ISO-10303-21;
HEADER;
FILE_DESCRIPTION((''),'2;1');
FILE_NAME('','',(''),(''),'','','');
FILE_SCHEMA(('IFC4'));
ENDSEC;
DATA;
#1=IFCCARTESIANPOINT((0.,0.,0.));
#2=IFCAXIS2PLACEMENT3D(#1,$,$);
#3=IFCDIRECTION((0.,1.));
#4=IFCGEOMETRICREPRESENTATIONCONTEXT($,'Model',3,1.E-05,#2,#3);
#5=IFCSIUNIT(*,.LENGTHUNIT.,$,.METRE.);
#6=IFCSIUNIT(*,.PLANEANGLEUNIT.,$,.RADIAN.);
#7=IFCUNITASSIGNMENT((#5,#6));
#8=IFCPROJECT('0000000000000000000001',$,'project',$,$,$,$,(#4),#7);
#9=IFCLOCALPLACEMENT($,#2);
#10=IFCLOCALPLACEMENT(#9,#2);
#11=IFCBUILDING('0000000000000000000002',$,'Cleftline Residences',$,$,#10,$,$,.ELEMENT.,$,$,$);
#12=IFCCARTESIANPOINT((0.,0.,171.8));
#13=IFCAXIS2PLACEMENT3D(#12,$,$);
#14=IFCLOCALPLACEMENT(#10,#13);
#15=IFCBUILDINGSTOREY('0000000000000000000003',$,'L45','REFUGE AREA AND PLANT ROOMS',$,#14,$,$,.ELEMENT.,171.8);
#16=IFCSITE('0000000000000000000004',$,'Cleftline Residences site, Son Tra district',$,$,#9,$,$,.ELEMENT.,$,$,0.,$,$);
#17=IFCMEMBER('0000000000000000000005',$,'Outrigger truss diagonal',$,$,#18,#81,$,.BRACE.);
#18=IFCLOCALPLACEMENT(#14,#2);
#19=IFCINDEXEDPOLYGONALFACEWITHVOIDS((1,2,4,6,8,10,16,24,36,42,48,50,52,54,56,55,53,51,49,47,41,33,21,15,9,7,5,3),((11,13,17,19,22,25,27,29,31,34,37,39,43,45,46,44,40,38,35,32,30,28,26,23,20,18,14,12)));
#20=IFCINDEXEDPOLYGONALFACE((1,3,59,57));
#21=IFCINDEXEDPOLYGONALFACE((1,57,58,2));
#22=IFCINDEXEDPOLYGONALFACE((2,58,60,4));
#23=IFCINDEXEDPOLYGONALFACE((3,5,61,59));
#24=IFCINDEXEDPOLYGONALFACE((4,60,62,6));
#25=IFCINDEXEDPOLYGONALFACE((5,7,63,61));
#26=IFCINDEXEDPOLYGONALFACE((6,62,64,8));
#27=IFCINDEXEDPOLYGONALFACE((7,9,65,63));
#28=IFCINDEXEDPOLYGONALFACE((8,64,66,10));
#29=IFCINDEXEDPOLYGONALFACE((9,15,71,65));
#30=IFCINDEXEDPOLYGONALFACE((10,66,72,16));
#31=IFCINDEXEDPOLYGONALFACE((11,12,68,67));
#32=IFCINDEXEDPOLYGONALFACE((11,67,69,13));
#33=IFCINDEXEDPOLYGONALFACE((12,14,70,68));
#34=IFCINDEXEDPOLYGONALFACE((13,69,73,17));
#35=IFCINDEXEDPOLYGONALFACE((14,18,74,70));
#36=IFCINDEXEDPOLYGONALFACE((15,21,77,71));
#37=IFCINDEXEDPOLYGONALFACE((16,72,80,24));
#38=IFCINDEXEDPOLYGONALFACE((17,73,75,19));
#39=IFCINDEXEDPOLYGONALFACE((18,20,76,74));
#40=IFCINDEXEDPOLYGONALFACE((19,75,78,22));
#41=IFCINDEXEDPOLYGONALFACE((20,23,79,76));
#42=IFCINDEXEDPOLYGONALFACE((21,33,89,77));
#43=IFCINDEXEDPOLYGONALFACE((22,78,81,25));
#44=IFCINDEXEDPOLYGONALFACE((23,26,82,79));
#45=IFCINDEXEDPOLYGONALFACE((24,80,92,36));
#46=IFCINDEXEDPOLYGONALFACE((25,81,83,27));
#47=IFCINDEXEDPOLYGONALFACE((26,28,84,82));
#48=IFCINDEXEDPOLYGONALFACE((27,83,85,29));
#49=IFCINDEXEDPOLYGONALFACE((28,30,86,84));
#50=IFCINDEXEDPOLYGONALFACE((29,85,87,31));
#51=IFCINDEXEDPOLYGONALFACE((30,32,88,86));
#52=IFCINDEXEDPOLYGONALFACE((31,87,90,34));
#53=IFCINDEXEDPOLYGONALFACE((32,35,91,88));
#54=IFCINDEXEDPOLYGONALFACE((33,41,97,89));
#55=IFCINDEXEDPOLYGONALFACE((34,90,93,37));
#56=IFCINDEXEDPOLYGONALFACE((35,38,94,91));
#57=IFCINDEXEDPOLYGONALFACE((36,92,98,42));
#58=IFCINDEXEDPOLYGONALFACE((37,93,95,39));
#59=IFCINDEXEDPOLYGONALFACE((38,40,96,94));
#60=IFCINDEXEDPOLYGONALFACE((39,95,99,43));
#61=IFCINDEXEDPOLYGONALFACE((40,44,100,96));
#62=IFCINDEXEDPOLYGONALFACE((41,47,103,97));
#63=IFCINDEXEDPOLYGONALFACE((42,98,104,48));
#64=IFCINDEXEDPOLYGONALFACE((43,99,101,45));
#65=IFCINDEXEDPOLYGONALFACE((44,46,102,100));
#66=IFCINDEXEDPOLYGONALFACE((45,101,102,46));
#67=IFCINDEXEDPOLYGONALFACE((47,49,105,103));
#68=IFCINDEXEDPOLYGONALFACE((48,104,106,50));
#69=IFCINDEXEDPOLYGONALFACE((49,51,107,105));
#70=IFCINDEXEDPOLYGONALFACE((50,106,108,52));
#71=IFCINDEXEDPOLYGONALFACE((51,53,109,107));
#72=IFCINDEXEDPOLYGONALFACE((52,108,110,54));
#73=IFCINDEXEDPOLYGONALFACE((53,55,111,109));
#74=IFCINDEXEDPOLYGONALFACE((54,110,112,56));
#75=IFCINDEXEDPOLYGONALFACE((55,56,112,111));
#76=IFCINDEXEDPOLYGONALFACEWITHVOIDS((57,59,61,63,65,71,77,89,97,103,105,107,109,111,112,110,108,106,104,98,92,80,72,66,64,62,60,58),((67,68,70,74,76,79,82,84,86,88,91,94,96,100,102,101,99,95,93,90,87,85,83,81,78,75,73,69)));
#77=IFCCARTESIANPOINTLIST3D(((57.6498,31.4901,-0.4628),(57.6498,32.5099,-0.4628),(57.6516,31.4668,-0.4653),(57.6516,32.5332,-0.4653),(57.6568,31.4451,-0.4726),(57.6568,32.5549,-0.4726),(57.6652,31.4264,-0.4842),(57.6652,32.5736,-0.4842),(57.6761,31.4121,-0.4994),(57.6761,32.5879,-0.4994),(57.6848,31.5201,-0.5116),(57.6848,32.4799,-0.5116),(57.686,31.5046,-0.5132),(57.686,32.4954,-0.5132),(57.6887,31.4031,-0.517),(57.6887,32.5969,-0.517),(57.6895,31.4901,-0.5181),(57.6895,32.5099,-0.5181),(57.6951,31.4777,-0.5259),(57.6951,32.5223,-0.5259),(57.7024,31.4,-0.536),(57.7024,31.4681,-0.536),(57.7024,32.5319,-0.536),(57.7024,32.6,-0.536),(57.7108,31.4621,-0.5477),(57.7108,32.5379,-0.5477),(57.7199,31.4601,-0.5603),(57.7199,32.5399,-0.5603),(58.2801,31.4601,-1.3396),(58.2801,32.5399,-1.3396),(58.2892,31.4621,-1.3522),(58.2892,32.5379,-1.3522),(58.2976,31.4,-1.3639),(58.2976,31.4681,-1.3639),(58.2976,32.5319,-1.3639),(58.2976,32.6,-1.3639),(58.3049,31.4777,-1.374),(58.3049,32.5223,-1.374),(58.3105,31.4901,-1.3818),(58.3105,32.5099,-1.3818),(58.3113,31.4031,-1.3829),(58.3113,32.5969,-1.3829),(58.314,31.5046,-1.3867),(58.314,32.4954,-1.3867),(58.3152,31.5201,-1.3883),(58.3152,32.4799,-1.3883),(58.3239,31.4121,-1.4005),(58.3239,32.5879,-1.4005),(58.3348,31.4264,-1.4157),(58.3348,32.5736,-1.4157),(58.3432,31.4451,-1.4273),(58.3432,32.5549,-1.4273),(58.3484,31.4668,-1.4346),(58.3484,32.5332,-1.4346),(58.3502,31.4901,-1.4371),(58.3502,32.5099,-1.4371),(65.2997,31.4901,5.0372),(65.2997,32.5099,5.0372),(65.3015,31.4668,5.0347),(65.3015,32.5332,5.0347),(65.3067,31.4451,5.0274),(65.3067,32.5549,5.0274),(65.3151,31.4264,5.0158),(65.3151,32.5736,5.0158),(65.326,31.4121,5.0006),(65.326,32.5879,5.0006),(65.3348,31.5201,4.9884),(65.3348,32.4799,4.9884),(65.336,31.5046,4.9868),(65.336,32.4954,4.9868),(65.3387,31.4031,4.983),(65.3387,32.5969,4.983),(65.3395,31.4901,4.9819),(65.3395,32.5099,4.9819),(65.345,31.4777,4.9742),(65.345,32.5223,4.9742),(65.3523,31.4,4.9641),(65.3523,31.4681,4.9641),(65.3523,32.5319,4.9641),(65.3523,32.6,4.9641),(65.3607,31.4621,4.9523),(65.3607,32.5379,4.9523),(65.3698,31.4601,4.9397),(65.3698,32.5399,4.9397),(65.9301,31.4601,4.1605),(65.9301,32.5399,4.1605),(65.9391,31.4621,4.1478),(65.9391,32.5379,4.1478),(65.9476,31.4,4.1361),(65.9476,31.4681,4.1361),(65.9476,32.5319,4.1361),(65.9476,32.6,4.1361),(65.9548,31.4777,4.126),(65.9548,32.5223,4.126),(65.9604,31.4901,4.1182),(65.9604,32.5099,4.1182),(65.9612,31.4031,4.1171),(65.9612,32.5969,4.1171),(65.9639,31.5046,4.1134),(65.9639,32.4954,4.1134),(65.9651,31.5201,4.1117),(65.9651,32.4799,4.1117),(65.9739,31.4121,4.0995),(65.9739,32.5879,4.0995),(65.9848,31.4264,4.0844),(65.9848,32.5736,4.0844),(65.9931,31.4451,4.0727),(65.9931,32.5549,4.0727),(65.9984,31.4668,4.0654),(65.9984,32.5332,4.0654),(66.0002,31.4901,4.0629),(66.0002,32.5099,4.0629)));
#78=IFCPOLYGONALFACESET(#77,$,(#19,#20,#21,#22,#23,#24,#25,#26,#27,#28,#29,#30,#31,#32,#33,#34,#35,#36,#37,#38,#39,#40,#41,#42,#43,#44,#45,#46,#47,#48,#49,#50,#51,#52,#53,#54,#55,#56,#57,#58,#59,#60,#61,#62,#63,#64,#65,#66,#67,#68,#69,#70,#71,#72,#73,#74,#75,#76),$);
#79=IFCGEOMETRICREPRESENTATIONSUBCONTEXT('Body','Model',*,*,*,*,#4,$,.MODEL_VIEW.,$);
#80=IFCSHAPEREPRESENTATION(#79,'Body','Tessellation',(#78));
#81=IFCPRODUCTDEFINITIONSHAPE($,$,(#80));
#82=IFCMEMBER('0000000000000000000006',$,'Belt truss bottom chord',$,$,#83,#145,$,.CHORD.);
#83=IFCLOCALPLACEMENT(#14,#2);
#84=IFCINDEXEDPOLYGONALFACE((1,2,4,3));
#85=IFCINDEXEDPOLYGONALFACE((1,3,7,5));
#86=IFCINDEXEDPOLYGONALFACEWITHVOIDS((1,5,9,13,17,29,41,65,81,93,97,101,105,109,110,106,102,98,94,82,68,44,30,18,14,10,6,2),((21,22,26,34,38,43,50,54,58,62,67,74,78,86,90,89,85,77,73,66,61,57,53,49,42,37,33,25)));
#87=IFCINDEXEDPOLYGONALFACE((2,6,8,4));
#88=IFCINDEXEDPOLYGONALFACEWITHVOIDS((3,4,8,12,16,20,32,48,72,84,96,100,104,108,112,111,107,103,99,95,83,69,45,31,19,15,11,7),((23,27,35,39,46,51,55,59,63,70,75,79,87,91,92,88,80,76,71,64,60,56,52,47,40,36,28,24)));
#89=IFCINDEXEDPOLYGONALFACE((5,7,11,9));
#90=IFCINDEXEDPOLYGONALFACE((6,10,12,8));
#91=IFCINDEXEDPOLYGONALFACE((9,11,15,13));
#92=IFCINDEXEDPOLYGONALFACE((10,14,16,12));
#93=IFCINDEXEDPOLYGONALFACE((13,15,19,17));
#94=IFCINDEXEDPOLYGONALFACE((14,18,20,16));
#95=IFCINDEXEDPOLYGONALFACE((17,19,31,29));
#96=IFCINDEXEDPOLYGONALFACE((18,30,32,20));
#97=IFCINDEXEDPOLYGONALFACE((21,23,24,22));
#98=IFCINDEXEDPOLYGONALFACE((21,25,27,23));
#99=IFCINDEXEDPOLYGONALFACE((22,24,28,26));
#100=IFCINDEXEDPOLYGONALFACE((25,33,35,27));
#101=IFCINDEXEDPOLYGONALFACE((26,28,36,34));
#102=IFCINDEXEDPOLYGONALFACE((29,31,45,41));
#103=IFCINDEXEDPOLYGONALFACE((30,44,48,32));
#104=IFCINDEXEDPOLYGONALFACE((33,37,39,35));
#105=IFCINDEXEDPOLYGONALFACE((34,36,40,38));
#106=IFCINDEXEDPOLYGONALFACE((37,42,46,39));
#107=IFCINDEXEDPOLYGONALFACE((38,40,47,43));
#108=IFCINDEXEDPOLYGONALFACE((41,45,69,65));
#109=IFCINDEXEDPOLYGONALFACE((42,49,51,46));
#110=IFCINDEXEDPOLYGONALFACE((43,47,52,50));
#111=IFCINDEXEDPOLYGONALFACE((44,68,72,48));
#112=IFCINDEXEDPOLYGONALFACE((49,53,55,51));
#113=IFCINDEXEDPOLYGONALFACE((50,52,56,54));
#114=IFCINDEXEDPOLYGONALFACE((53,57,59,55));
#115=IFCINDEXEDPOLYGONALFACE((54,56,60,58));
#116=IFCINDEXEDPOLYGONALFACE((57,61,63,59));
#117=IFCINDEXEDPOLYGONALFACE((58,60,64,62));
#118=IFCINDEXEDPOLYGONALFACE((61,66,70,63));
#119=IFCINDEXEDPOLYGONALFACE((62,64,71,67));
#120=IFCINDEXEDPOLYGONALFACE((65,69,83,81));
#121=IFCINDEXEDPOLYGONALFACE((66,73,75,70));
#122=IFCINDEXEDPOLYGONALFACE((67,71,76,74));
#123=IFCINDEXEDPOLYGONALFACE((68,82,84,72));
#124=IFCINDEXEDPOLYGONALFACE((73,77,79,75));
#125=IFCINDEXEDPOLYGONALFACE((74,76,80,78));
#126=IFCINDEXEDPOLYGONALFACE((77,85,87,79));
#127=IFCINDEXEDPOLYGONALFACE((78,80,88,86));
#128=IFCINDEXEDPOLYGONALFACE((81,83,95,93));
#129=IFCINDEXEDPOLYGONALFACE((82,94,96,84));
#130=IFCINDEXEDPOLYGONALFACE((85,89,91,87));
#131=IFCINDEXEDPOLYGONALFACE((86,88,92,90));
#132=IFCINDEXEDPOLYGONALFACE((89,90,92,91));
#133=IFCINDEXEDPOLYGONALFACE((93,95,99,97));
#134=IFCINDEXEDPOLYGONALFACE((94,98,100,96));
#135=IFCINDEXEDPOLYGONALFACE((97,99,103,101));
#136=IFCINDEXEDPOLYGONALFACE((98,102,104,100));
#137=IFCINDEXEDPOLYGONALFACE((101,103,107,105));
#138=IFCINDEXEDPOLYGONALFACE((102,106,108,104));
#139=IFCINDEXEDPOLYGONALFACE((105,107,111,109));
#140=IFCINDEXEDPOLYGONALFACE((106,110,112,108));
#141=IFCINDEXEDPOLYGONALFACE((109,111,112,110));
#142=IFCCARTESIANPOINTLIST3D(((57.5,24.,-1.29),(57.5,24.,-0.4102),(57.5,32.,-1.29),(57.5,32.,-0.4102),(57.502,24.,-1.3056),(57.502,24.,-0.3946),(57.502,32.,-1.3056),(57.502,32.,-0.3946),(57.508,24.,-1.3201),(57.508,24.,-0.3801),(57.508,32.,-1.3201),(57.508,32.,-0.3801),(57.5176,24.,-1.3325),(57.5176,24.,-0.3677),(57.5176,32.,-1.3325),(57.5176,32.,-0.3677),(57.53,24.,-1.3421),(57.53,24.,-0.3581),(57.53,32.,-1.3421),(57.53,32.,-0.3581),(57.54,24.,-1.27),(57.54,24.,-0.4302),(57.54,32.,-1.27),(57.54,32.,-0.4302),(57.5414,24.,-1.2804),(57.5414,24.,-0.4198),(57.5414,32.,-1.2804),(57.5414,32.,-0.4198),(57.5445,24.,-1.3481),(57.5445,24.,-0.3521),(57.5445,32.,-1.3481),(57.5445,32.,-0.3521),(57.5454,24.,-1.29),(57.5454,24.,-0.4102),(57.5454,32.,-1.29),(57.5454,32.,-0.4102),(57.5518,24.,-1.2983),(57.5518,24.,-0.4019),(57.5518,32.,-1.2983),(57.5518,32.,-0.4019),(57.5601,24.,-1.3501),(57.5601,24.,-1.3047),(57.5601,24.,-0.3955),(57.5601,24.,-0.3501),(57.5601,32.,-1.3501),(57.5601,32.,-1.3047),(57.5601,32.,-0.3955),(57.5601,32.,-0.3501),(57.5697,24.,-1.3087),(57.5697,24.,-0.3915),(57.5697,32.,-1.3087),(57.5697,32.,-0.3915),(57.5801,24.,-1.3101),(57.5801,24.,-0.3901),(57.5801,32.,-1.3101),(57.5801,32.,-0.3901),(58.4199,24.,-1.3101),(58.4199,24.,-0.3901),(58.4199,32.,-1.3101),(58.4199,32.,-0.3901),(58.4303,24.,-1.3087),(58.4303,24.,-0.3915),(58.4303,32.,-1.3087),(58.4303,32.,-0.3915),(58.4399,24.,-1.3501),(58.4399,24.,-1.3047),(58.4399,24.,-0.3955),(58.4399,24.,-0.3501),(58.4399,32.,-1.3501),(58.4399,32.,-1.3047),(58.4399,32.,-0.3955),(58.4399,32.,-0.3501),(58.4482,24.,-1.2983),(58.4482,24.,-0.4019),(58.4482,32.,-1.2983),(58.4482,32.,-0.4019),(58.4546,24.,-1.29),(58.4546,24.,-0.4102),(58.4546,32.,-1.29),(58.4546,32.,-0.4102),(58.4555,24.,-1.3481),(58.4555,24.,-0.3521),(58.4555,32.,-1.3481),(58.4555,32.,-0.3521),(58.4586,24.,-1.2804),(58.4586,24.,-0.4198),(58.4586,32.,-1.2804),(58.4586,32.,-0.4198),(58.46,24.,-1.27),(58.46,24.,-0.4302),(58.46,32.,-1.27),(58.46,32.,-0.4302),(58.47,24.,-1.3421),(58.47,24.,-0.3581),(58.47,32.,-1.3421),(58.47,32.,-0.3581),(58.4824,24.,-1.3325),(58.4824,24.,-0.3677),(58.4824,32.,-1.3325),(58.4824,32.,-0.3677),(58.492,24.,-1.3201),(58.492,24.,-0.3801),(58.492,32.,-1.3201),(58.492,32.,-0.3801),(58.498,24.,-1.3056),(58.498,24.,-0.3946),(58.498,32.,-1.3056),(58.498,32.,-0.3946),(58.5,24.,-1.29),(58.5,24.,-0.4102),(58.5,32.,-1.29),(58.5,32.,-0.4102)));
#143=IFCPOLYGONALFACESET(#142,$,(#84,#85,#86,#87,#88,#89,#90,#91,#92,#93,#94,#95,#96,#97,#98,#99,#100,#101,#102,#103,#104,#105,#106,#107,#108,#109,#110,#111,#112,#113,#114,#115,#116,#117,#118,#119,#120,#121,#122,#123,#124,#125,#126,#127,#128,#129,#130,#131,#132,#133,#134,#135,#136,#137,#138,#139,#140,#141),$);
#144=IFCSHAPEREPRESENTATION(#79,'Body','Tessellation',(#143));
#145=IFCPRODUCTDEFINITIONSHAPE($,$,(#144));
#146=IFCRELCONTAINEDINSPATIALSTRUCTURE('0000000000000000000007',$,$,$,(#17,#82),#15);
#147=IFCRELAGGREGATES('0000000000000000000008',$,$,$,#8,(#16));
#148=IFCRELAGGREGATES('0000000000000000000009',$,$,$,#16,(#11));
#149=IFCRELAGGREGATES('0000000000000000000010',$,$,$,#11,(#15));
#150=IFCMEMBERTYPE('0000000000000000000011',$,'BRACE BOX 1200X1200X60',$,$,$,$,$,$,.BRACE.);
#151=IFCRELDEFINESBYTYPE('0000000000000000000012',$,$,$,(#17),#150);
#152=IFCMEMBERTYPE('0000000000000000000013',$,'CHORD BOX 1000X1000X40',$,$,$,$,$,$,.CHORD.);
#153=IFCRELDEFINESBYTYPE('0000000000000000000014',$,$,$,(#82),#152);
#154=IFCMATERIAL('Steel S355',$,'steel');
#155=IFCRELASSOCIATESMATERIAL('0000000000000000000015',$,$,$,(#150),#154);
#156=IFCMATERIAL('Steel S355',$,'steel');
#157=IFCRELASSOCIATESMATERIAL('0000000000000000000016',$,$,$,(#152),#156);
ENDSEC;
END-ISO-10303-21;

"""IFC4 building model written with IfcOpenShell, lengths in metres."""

from ifc_helpers import new_model, si_unit, direction, frame, origin, origin_2d, place, context, subcontext, project, spatial, hollow_rectangle, extrude, material, material_profile, profile_set, type_object, element, save


model = new_model("IFC4")

# Units and contexts
model_context = context("Model", 3, precision=1e-05, world=origin(), true_north=direction((0.0, 1.0)))
body_context = subcontext(model_context, "Body", "Model", "MODEL_VIEW")
ifc_project = project(units=[si_unit("LENGTHUNIT", "METRE"), si_unit("PLANEANGLEUNIT", "RADIAN")], contexts=[model_context])

# Site, building, storey
site_placement = place(None, origin())
site = spatial("IfcSite", under=ifc_project, at=site_placement, Name="Cleftline Residences site, Son Tra district", CompositionType="ELEMENT", RefElevation=0.0)
building_placement = place(site_placement, origin())
building = spatial("IfcBuilding", under=site, at=building_placement, Name="Cleftline Residences", CompositionType="ELEMENT")
storey_placement = place(building_placement, frame((0.0, 0.0, 171.8)))
storey = spatial("IfcBuildingStorey", under=building, at=storey_placement, Name="L45", Description="REFUGE AREA AND PLANT ROOMS", CompositionType="ELEMENT", Elevation=171.8)

# Members
ifc_material_1 = material(Name="Steel S355", Category="steel")
ifc_material_profile_1 = material_profile(ifc_material_1, hollow_rectangle(XDim=1.2, YDim=1.2, WallThickness=0.0601, InnerFilletRadius=0.0601, OuterFilletRadius=0.0901, at=origin_2d()))
ifc_profile_set_1 = profile_set([ifc_material_profile_1], Name="Steel S355")
member_type_1 = type_object("IfcMemberType", Name="BRACE BOX 1200X1200X60", PredefinedType="BRACE", material=ifc_profile_set_1)
member_1_placement = place(storey_placement, frame((58.0, 32.0, -0.95), z_axis=(0.811933, 0.0, 0.58375), x_axis=(-0.58375, 0.0, 0.811933)))
element("IfcMember", 1, at=member_1_placement, inside=storey, type_object=member_type_1, Name="Outrigger truss diagonal", PredefinedType="BRACE", context=body_context, shape_type="SweptSolid", body=[
    extrude(hollow_rectangle(XDim=1.2, YDim=1.2, WallThickness=0.0601, InnerFilletRadius=0.0601, OuterFilletRadius=0.0901, at=origin_2d()), origin(), (0.0, 0.0, 1.0), 9.4219),
])
ifc_material_2 = material(Name="Steel S355", Category="steel")
ifc_material_profile_2 = material_profile(ifc_material_2, hollow_rectangle(XDim=1.0, YDim=1.0, WallThickness=0.04, InnerFilletRadius=0.04, OuterFilletRadius=0.0601, at=origin_2d()))
ifc_profile_set_2 = profile_set([ifc_material_profile_2], Name="Steel S355")
member_type_2 = type_object("IfcMemberType", Name="CHORD BOX 1000X1000X40", PredefinedType="CHORD", material=ifc_profile_set_2)
for number, where, z_axis, x_axis, name in (
    (2, (58.0, 24.0, -0.8501), (0.0, 1.0, 0.0), (-1.0, 0.0, 0.0), "Belt truss bottom chord"),
):
    element("IfcMember", number, at=place(storey_placement, frame(where, z_axis=z_axis, x_axis=x_axis)), inside=storey, type_object=member_type_2, Name=name, PredefinedType="CHORD", context=body_context, shape_type="SweptSolid", body=[
        extrude(hollow_rectangle(XDim=1.0, YDim=1.0, WallThickness=0.04, InnerFilletRadius=0.04, OuterFilletRadius=0.0601, at=origin_2d()), origin(), (0.0, 0.0, 1.0), 8.0),
    ])

save(model, "model.ifc")
